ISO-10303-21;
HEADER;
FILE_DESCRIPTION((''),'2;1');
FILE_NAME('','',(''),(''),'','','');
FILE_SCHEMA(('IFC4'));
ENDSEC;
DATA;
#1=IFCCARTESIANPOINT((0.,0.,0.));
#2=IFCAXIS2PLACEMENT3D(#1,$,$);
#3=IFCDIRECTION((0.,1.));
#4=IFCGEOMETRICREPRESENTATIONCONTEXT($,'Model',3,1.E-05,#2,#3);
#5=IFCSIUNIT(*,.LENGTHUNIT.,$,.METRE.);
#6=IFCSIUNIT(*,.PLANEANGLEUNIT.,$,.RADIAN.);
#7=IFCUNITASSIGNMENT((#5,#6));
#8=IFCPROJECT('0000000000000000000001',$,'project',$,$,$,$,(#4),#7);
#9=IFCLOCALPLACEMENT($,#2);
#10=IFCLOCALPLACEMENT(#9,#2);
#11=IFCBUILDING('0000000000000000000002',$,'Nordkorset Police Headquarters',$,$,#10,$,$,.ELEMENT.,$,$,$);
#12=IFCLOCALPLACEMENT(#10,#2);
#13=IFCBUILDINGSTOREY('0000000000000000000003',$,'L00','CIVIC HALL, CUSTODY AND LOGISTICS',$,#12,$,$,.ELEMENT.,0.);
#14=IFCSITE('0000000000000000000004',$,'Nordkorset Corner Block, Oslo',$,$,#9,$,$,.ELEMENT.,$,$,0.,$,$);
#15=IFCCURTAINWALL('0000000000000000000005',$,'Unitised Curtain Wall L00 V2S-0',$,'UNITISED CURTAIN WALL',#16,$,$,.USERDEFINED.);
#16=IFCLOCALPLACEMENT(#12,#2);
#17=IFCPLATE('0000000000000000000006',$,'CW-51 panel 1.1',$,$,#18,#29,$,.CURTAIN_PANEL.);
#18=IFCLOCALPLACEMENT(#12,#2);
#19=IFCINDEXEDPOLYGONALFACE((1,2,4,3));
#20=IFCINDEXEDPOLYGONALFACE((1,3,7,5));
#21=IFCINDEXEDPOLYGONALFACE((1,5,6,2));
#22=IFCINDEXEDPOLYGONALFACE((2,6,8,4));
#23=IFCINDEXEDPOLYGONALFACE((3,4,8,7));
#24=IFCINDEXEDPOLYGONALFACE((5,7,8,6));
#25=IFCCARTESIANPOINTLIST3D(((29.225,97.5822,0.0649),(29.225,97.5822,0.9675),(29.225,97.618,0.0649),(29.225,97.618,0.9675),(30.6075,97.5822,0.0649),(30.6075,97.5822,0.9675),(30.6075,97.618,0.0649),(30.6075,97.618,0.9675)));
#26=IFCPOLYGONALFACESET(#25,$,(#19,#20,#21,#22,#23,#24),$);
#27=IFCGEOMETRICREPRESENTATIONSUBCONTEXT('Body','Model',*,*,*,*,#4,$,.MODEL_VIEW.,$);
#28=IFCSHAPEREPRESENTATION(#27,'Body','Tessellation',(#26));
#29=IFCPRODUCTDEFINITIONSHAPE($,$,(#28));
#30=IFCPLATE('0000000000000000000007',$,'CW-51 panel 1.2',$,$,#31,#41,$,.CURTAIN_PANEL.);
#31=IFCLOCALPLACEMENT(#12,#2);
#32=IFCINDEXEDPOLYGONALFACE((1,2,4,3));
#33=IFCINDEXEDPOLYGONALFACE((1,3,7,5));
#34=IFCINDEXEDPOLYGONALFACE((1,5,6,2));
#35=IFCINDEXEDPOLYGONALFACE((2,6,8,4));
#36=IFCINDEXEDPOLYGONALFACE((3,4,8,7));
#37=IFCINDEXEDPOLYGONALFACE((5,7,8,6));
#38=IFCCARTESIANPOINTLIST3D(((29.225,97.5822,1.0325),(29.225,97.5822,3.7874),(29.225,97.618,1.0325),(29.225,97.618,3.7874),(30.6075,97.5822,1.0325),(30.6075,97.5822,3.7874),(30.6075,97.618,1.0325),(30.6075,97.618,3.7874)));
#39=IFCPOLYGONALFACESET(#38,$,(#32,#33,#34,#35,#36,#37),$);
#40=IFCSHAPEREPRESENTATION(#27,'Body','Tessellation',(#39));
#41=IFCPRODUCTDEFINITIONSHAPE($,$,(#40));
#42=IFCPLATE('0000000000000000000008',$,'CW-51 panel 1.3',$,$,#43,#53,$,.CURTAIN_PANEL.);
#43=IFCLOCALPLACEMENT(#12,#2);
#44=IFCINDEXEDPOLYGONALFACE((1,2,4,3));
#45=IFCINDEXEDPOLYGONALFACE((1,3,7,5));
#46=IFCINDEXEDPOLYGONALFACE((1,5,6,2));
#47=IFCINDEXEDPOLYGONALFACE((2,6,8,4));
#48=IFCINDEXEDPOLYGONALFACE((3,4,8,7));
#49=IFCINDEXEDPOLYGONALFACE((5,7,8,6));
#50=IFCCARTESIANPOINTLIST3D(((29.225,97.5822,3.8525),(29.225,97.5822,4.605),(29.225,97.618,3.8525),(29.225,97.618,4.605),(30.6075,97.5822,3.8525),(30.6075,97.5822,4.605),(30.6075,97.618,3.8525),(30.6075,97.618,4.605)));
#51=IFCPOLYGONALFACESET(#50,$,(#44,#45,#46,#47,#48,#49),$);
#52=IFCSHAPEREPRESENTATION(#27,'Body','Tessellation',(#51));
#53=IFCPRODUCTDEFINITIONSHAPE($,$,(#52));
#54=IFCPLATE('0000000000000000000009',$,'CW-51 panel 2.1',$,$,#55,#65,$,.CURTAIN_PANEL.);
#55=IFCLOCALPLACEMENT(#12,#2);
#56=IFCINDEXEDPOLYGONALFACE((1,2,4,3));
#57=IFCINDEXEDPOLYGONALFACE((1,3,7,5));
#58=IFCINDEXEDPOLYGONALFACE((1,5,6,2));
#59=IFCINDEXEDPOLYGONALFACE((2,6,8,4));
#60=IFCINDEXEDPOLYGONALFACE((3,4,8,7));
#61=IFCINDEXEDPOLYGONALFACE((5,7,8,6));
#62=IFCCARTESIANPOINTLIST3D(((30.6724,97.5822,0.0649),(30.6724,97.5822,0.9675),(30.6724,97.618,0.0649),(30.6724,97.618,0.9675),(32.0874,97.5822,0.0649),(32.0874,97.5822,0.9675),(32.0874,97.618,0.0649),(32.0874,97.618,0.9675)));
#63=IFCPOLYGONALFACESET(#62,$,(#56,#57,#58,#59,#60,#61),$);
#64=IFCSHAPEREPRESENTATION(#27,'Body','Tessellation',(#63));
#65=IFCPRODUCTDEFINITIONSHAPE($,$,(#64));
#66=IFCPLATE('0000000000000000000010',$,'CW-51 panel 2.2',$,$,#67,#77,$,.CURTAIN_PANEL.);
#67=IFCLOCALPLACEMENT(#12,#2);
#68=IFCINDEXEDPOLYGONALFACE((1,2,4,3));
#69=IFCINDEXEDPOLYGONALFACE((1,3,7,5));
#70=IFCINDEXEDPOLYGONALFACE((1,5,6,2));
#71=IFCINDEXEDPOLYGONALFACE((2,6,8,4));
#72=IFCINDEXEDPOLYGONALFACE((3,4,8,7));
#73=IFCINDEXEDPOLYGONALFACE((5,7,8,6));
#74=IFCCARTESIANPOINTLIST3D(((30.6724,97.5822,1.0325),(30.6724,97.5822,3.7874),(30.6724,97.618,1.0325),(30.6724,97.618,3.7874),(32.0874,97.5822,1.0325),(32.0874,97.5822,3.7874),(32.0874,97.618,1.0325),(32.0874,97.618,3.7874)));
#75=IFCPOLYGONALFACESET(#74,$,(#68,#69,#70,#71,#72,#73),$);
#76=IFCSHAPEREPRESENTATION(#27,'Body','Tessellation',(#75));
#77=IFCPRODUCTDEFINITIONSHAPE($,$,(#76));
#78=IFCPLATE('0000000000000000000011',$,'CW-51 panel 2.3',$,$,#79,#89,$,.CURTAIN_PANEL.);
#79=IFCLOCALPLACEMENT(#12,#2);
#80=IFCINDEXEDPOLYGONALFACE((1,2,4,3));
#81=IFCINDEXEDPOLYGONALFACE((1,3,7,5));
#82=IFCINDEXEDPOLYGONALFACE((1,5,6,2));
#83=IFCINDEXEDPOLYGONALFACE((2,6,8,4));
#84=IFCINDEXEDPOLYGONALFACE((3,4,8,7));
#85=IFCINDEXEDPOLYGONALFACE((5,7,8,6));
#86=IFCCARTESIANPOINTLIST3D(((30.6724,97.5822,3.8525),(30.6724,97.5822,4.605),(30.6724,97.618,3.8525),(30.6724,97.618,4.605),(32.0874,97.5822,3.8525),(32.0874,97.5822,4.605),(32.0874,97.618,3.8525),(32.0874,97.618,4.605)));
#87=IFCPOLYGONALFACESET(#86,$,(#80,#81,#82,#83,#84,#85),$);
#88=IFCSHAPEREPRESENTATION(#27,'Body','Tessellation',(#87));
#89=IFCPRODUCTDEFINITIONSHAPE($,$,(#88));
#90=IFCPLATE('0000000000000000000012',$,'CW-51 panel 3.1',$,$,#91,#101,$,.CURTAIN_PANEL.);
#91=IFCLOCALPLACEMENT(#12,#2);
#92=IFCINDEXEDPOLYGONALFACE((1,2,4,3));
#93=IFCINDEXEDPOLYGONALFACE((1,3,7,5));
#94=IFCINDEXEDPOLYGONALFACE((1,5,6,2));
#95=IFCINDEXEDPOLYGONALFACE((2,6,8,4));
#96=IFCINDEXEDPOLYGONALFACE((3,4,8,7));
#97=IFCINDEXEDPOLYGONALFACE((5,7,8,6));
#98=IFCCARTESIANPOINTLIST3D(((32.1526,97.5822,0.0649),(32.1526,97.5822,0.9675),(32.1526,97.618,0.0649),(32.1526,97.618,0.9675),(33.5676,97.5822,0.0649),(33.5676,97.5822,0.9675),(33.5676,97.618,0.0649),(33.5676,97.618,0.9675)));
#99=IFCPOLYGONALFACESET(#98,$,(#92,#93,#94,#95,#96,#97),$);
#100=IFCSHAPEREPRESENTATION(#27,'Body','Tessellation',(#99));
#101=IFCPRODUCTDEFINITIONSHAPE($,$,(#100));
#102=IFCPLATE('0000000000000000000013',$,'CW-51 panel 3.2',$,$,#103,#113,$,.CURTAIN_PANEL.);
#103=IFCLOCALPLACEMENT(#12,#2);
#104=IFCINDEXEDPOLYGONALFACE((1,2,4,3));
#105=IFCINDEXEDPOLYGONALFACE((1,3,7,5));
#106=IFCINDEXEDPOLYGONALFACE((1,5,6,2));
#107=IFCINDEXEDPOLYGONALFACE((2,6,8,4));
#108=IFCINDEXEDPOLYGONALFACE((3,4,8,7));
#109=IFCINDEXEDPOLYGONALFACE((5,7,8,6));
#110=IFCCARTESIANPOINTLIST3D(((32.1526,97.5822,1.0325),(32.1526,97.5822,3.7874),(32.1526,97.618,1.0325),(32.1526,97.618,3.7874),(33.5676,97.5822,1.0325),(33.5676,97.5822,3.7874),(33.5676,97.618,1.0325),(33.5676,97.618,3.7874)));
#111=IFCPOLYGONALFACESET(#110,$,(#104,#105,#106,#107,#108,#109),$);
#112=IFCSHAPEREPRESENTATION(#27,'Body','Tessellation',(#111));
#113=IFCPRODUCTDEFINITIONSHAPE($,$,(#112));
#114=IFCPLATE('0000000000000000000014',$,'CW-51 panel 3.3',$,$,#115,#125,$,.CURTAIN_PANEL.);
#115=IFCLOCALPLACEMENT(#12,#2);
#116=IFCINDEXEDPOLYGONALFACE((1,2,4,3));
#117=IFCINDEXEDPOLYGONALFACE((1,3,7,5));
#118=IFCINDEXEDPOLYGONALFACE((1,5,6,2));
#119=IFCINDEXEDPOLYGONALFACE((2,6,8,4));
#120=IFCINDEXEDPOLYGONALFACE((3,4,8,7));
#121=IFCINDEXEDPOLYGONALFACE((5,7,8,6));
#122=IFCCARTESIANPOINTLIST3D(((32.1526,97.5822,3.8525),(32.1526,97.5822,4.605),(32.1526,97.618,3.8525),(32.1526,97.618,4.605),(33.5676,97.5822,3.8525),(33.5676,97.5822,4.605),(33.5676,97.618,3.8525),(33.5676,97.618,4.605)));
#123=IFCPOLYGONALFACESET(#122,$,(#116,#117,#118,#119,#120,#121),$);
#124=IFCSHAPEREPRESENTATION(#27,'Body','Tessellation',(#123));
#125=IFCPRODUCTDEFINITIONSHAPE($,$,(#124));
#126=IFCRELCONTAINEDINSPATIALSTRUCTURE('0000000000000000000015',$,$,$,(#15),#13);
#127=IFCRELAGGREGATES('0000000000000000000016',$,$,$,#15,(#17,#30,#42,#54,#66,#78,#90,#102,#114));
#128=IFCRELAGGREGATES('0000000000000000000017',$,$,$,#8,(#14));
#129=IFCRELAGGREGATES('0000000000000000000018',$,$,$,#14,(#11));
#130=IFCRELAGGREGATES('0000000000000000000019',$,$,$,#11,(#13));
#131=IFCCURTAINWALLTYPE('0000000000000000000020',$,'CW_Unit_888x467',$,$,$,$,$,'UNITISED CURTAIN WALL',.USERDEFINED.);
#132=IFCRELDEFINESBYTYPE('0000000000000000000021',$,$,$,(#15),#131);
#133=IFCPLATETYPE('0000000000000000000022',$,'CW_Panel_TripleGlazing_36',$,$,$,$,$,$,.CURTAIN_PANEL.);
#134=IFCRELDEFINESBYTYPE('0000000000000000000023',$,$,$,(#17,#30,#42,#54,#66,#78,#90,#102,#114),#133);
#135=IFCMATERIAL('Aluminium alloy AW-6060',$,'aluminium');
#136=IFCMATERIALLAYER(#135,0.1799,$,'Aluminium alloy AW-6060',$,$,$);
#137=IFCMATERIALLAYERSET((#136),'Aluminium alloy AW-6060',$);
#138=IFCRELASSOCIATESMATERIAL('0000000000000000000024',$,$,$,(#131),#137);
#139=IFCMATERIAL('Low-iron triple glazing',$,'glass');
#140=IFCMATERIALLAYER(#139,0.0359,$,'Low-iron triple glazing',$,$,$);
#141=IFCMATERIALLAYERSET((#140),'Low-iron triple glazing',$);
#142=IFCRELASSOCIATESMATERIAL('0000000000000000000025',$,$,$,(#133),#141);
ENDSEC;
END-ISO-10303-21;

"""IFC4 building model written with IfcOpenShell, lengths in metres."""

from ifc_helpers import new_model, si_unit, direction, frame, origin, origin_2d, place, context, subcontext, project, spatial, rectangle, extrude, material, layer, layer_set, type_object, element, aggregate, save


model = new_model("IFC4")

# Units and contexts
model_context = context("Model", 3, precision=1e-05, world=origin(), true_north=direction((0.0, 1.0)))
body_context = subcontext(model_context, "Body", "Model", "MODEL_VIEW")
ifc_project = project(units=[si_unit("LENGTHUNIT", "METRE"), si_unit("PLANEANGLEUNIT", "RADIAN")], contexts=[model_context])

# Site, building, storey
site_placement = place(None, origin())
site = spatial("IfcSite", under=ifc_project, at=site_placement, Name="Nordkorset Corner Block, Oslo", CompositionType="ELEMENT", RefElevation=0.0)
building_placement = place(site_placement, origin())
building = spatial("IfcBuilding", under=site, at=building_placement, Name="Nordkorset Police Headquarters", CompositionType="ELEMENT")
storey_placement = place(building_placement, origin())
storey = spatial("IfcBuildingStorey", under=building, at=storey_placement, Name="L00", Description="CIVIC HALL, CUSTODY AND LOGISTICS", CompositionType="ELEMENT", Elevation=0.0)

# Curtain wall, plates
ifc_material_1 = material(Name="Aluminium alloy AW-6060", Category="aluminium")
ifc_layer_1 = layer(ifc_material_1, 0.1799, Name="Aluminium alloy AW-6060")
ifc_layer_set_1 = layer_set([ifc_layer_1], Name="Aluminium alloy AW-6060")
curtain_wall_type = type_object("IfcCurtainWallType", Name="CW_Unit_888x467", ElementType="UNITISED CURTAIN WALL", PredefinedType="USERDEFINED", material=ifc_layer_set_1)
curtain_wall_placement = place(storey_placement, origin())
curtain_wall = element("IfcCurtainWall", 1, at=curtain_wall_placement, inside=storey, type_object=curtain_wall_type, Name="Unitised Curtain Wall L00 V2S-0", ObjectType="UNITISED CURTAIN WALL", PredefinedType="USERDEFINED")
ifc_material_2 = material(Name="Low-iron triple glazing", Category="glass")
ifc_layer_2 = layer(ifc_material_2, 0.0359, Name="Low-iron triple glazing")
ifc_layer_set_2 = layer_set([ifc_layer_2], Name="Low-iron triple glazing")
plate_type = type_object("IfcPlateType", Name="CW_Panel_TripleGlazing_36", PredefinedType="CURTAIN_PANEL", material=ifc_layer_set_2)
plate_1_placement = place(storey_placement, frame((29.9163, 97.6001, 0.0649), z_axis=(0.0, 0.0, 1.0), x_axis=(1.0, 0.0, 0.0)))
plate_1 = element("IfcPlate", 2, at=plate_1_placement, type_object=plate_type, Name="CW-51 panel 1.1", PredefinedType="CURTAIN_PANEL", context=body_context, shape_type="SweptSolid", body=[
    extrude(rectangle(XDim=1.3826, YDim=0.0359, at=origin_2d()), origin(), (0.0, 0.0, 1.0), 0.9026),
])
plate_2_placement = place(storey_placement, frame((29.9163, 97.6001, 1.0325), z_axis=(0.0, 0.0, 1.0), x_axis=(1.0, 0.0, 0.0)))
plate_2 = element("IfcPlate", 3, at=plate_2_placement, type_object=plate_type, Name="CW-51 panel 1.2", PredefinedType="CURTAIN_PANEL", context=body_context, shape_type="SweptSolid", body=[
    extrude(rectangle(XDim=1.3826, YDim=0.0359, at=origin_2d()), origin(), (0.0, 0.0, 1.0), 2.7549),
])
plate_3_placement = place(storey_placement, frame((29.9163, 97.6001, 3.8525), z_axis=(0.0, 0.0, 1.0), x_axis=(1.0, 0.0, 0.0)))
plate_3 = element("IfcPlate", 4, at=plate_3_placement, type_object=plate_type, Name="CW-51 panel 1.3", PredefinedType="CURTAIN_PANEL", context=body_context, shape_type="SweptSolid", body=[
    extrude(rectangle(XDim=1.3826, YDim=0.0359, at=origin_2d()), origin(), (0.0, 0.0, 1.0), 0.7524),
])
plate_4_placement = place(storey_placement, frame((31.3799, 97.6001, 0.0649), z_axis=(0.0, 0.0, 1.0), x_axis=(1.0, 0.0, 0.0)))
plate_4 = element("IfcPlate", 5, at=plate_4_placement, type_object=plate_type, Name="CW-51 panel 2.1", PredefinedType="CURTAIN_PANEL", context=body_context, shape_type="SweptSolid", body=[
    extrude(rectangle(XDim=1.415, YDim=0.0359, at=origin_2d()), origin(), (0.0, 0.0, 1.0), 0.9026),
])
plate_5_placement = place(storey_placement, frame((31.3799, 97.6001, 1.0325), z_axis=(0.0, 0.0, 1.0), x_axis=(1.0, 0.0, 0.0)))
plate_5 = element("IfcPlate", 6, at=plate_5_placement, type_object=plate_type, Name="CW-51 panel 2.2", PredefinedType="CURTAIN_PANEL", context=body_context, shape_type="SweptSolid", body=[
    extrude(rectangle(XDim=1.415, YDim=0.0359, at=origin_2d()), origin(), (0.0, 0.0, 1.0), 2.7549),
])
plate_6_placement = place(storey_placement, frame((31.3799, 97.6001, 3.8525), z_axis=(0.0, 0.0, 1.0), x_axis=(1.0, 0.0, 0.0)))
plate_6 = element("IfcPlate", 7, at=plate_6_placement, type_object=plate_type, Name="CW-51 panel 2.3", PredefinedType="CURTAIN_PANEL", context=body_context, shape_type="SweptSolid", body=[
    extrude(rectangle(XDim=1.415, YDim=0.0359, at=origin_2d()), origin(), (0.0, 0.0, 1.0), 0.7524),
])
plate_7_placement = place(storey_placement, frame((32.8601, 97.6001, 0.0649), z_axis=(0.0, 0.0, 1.0), x_axis=(1.0, 0.0, 0.0)))
plate_7 = element("IfcPlate", 8, at=plate_7_placement, type_object=plate_type, Name="CW-51 panel 3.1", PredefinedType="CURTAIN_PANEL", context=body_context, shape_type="SweptSolid", body=[
    extrude(rectangle(XDim=1.415, YDim=0.0359, at=origin_2d()), origin(), (0.0, 0.0, 1.0), 0.9026),
])
plate_8_placement = place(storey_placement, frame((32.8601, 97.6001, 1.0325), z_axis=(0.0, 0.0, 1.0), x_axis=(1.0, 0.0, 0.0)))
plate_8 = element("IfcPlate", 9, at=plate_8_placement, type_object=plate_type, Name="CW-51 panel 3.2", PredefinedType="CURTAIN_PANEL", context=body_context, shape_type="SweptSolid", body=[
    extrude(rectangle(XDim=1.415, YDim=0.0359, at=origin_2d()), origin(), (0.0, 0.0, 1.0), 2.7549),
])
plate_9_placement = place(storey_placement, frame((32.8601, 97.6001, 3.8525), z_axis=(0.0, 0.0, 1.0), x_axis=(1.0, 0.0, 0.0)))
plate_9 = element("IfcPlate", 10, at=plate_9_placement, type_object=plate_type, Name="CW-51 panel 3.3", PredefinedType="CURTAIN_PANEL", context=body_context, shape_type="SweptSolid", body=[
    extrude(rectangle(XDim=1.415, YDim=0.0359, at=origin_2d()), origin(), (0.0, 0.0, 1.0), 0.7524),
])
aggregate(curtain_wall, [plate_1, plate_2, plate_3, plate_4, plate_5, plate_6, plate_7, plate_8, plate_9])

save(model, "model.ifc")
